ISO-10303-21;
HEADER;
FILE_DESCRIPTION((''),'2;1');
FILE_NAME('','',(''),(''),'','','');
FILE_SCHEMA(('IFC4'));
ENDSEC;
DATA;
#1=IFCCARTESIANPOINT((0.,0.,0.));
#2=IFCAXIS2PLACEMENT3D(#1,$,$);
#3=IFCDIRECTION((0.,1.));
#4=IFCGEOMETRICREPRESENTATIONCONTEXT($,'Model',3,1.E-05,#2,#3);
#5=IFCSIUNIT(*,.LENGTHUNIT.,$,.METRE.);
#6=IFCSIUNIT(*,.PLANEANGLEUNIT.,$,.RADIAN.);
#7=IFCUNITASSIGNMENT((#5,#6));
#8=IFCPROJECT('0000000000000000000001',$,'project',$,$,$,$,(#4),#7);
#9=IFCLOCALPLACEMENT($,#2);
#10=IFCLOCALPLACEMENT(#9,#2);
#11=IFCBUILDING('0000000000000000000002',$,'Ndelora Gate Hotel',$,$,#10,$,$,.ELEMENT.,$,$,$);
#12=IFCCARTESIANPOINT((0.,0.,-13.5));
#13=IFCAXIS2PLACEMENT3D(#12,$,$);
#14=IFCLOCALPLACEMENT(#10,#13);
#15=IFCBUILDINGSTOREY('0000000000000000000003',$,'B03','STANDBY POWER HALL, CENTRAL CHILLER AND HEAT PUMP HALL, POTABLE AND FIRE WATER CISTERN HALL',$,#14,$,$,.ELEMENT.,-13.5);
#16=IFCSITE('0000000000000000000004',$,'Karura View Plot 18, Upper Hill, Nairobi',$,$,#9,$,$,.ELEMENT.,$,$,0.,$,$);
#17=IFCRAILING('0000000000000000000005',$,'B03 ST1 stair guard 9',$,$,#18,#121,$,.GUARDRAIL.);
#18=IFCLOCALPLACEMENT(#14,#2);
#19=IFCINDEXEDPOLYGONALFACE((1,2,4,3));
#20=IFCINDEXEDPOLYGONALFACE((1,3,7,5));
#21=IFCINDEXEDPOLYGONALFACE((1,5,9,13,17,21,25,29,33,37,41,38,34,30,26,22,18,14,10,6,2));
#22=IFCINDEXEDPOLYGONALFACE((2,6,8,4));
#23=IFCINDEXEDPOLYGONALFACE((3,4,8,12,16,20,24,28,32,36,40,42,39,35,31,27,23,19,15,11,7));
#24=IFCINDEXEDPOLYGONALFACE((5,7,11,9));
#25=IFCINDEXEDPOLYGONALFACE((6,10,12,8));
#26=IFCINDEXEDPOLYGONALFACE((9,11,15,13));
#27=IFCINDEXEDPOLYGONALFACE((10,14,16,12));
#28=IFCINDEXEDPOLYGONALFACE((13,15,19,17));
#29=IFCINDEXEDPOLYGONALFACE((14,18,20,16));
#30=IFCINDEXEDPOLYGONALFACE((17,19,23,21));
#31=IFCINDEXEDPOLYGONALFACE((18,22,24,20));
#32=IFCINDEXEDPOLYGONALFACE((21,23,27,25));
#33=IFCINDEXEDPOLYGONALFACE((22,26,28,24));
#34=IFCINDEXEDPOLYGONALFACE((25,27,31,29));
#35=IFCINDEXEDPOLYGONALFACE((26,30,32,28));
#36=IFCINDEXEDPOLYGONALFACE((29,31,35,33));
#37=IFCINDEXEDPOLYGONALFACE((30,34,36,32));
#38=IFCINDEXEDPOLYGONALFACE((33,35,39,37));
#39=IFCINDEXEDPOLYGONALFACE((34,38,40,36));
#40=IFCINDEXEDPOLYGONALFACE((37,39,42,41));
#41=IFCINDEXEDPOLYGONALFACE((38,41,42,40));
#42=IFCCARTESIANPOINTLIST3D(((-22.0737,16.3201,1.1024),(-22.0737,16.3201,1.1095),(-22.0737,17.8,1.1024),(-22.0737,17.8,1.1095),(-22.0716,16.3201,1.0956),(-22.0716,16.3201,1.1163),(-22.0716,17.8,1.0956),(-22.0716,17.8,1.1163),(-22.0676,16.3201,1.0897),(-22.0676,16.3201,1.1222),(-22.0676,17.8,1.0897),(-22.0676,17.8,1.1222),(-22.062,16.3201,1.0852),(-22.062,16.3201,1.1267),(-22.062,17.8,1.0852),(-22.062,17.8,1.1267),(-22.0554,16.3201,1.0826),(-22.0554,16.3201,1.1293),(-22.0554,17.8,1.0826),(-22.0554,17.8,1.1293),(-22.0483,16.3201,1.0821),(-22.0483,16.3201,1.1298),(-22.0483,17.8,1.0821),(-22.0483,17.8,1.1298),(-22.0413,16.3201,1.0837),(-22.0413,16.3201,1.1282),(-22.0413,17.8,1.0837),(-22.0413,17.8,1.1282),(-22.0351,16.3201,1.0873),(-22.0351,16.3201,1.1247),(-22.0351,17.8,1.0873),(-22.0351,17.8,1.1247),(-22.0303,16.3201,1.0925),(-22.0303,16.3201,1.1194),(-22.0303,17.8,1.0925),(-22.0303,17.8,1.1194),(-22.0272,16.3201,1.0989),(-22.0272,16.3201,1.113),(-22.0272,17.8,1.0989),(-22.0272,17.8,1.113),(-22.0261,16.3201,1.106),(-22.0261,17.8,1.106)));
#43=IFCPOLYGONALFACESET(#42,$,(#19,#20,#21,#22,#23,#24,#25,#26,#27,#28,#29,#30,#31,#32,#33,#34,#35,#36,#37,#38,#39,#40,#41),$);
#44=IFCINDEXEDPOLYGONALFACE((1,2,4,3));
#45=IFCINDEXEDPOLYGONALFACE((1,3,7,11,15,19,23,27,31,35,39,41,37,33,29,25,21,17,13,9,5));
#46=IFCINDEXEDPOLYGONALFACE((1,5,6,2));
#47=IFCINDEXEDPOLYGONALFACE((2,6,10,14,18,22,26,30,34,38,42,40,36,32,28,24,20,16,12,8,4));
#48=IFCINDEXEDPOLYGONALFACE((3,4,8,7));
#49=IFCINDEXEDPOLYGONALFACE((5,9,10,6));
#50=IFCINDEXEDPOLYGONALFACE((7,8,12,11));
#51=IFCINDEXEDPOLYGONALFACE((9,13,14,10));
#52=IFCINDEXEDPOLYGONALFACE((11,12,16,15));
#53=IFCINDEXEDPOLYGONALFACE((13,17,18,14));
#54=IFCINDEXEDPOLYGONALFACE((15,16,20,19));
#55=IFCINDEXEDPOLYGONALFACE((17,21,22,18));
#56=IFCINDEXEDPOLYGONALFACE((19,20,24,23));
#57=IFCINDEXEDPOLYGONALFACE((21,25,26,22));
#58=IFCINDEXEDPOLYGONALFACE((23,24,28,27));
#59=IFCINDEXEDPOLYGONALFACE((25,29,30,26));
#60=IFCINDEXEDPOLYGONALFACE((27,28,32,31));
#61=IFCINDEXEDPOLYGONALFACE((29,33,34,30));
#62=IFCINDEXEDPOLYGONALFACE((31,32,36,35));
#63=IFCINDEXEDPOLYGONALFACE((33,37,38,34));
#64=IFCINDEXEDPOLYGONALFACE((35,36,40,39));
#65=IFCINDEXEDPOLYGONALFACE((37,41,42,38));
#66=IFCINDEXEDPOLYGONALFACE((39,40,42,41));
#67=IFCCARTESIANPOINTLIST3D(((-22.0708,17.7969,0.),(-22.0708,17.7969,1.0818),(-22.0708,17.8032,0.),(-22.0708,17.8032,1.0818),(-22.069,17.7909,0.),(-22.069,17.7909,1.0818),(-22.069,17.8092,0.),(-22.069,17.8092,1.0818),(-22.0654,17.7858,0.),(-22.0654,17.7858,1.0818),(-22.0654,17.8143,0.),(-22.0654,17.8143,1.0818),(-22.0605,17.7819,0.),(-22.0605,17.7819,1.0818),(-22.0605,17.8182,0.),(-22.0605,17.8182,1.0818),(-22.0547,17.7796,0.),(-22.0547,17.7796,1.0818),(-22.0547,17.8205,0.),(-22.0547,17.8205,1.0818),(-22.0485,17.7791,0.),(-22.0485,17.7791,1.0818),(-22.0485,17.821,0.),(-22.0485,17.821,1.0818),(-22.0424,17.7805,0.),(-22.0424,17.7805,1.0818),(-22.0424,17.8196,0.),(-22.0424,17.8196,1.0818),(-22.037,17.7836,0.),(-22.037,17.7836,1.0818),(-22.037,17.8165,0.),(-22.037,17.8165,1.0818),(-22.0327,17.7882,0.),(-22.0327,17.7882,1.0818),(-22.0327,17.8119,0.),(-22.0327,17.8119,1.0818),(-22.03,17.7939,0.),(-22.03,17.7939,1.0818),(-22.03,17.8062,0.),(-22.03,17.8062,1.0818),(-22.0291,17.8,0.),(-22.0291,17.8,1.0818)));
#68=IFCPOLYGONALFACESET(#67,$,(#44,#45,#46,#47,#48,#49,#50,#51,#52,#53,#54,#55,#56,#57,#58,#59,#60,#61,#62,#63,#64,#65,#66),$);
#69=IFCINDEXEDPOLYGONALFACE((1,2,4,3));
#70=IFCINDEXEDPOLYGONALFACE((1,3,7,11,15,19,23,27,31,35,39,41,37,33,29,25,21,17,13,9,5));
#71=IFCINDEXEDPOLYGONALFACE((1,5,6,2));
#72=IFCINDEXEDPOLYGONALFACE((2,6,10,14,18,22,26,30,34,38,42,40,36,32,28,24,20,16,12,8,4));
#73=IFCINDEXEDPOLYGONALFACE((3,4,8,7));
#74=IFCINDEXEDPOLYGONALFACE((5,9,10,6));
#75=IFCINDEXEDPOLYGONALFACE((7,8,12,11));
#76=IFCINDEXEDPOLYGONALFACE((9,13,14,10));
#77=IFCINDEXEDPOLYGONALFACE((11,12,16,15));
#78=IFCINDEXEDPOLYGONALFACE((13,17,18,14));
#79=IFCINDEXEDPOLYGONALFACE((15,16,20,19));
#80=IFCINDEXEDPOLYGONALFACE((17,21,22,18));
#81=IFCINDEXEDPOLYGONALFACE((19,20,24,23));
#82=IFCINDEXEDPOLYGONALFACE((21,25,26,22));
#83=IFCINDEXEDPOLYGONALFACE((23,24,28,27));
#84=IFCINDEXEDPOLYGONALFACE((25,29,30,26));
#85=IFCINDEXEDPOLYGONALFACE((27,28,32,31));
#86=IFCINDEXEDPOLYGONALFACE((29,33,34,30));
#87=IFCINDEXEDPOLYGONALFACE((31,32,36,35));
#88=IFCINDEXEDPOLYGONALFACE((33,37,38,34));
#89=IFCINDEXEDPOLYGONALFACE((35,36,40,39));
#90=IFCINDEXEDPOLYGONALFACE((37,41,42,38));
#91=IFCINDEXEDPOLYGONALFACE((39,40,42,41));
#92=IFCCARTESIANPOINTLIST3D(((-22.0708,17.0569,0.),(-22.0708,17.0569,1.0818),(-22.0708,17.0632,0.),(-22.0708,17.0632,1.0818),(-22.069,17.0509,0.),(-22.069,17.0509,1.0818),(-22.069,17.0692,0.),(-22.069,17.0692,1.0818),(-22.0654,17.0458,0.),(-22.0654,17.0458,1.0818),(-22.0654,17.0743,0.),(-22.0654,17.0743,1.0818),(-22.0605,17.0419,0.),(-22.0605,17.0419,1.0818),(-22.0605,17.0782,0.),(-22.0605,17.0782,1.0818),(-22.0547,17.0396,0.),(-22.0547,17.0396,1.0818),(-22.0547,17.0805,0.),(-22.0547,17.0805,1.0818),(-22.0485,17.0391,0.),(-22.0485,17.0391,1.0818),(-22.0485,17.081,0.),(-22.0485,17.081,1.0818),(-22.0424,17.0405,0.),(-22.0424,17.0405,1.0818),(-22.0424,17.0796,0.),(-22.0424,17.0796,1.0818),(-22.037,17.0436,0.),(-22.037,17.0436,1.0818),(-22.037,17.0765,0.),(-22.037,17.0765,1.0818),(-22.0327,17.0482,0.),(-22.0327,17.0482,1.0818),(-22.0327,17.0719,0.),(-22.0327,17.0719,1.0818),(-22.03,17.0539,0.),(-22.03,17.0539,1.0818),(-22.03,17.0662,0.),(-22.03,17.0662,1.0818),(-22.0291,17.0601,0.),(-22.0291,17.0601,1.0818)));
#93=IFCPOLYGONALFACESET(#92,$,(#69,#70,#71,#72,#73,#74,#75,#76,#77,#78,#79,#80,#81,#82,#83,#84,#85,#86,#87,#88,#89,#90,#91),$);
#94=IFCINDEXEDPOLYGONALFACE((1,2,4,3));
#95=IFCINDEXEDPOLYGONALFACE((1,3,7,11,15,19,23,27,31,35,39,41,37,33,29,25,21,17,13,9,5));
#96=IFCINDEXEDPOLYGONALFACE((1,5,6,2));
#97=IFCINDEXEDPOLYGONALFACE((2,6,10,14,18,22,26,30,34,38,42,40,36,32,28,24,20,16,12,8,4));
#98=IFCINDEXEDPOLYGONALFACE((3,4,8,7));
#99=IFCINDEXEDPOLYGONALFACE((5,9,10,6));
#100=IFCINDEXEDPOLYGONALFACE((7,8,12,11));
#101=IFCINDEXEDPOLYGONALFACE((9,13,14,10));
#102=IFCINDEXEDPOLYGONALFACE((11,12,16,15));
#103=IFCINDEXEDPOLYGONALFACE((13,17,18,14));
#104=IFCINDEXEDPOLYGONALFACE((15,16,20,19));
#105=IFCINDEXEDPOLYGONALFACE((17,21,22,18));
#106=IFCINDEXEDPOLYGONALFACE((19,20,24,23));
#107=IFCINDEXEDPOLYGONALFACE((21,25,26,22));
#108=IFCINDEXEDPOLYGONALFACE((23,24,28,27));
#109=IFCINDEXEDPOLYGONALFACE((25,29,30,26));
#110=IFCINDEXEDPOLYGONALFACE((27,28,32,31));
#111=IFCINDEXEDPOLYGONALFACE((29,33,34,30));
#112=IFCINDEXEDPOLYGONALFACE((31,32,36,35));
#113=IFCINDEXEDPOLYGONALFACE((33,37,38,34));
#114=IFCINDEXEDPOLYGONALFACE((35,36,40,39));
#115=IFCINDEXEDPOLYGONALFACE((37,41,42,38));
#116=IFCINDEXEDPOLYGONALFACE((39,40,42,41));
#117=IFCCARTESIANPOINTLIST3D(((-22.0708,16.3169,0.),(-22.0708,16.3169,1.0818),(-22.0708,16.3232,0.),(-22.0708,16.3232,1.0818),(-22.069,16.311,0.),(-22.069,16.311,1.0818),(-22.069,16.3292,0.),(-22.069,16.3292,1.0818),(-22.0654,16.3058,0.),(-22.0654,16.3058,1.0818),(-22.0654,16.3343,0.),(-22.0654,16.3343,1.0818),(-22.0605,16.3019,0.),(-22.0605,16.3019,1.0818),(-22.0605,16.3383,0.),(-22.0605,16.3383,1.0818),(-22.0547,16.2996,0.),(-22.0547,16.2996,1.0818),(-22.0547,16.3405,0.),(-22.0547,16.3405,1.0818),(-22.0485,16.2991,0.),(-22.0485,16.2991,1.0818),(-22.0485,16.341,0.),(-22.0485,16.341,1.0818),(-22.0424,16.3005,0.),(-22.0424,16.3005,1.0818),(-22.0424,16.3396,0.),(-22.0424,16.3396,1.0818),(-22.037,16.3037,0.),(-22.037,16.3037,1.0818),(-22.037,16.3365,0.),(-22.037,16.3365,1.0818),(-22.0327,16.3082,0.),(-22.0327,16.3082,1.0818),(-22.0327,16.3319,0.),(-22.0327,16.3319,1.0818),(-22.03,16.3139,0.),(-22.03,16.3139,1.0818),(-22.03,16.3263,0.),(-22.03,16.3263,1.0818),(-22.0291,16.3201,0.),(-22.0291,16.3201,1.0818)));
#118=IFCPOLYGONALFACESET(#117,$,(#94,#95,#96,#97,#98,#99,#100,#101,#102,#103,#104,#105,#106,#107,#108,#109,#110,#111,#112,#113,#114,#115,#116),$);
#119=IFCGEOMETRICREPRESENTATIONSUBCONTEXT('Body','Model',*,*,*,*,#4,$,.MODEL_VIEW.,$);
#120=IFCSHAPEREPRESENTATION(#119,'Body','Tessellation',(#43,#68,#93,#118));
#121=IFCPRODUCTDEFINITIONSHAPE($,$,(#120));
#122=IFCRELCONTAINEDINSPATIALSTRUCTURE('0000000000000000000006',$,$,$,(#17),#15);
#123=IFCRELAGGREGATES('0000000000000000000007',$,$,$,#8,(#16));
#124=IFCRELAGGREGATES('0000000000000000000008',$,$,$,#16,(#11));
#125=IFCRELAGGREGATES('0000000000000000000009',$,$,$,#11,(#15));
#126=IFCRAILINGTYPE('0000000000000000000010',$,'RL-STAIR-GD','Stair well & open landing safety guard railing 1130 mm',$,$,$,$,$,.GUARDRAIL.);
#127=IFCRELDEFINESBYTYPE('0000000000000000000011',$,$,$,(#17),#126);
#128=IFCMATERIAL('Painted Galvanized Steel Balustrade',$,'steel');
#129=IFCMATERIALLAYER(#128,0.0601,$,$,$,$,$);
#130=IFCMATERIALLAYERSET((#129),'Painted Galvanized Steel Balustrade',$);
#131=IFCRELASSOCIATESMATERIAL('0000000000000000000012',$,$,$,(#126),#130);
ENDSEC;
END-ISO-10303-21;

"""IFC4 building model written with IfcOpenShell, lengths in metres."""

from ifc_helpers import new_model, si_unit, direction, frame, origin, origin_2d, place, context, subcontext, project, spatial, circle, extrude, material, layer, layer_set, type_object, element, save


model = new_model("IFC4")

# Units and contexts
model_context = context("Model", 3, precision=1e-05, world=origin(), true_north=direction((0.0, 1.0)))
body_context = subcontext(model_context, "Body", "Model", "MODEL_VIEW")
ifc_project = project(units=[si_unit("LENGTHUNIT", "METRE"), si_unit("PLANEANGLEUNIT", "RADIAN")], contexts=[model_context])

# Site, building, storey
site_placement = place(None, origin())
site = spatial("IfcSite", under=ifc_project, at=site_placement, Name="Karura View Plot 18, Upper Hill, Nairobi", CompositionType="ELEMENT", RefElevation=0.0)
building_placement = place(site_placement, origin())
building = spatial("IfcBuilding", under=site, at=building_placement, Name="Ndelora Gate Hotel", CompositionType="ELEMENT")
storey_placement = place(building_placement, frame((0.0, 0.0, -13.5)))
storey = spatial("IfcBuildingStorey", under=building, at=storey_placement, Name="B03", Description="STANDBY POWER HALL, CENTRAL CHILLER AND HEAT PUMP HALL, POTABLE AND FIRE WATER CISTERN HALL", CompositionType="ELEMENT", Elevation=-13.5)

# Railing
ifc_material_1 = material(Name="Painted Galvanized Steel Balustrade", Category="steel")
ifc_layer_1 = layer(ifc_material_1, 0.0601)
ifc_layer_set_1 = layer_set([ifc_layer_1], Name="Painted Galvanized Steel Balustrade")
railing_type_1 = type_object("IfcRailingType", Name="RL-STAIR-GD", Description="Stair well & open landing safety guard railing 1130 mm", PredefinedType="GUARDRAIL", material=ifc_layer_set_1)
for number, where, name in (
    (1, (-22.05, 17.8, 0.0), "B03 ST1 stair guard 9"),
):
    element("IfcRailing", number, at=place(storey_placement, frame(where)), inside=storey, type_object=railing_type_1, Name=name, PredefinedType="GUARDRAIL", context=body_context, shape_type="SweptSolid", body=[
        extrude(circle(Radius=0.0239, at=origin_2d()), frame((0.0, 0.0, 1.106), z_axis=(0.0, -1.0, 0.0), x_axis=(1.0, 0.0, 0.0)), (0.0, 0.0, 1.0), 1.48),
        extrude(circle(Radius=0.021, at=origin_2d()), origin(), (0.0, 0.0, 1.0), 1.0818),
        extrude(circle(Radius=0.021, at=origin_2d()), frame((0.0, -0.74, 0.0)), (0.0, 0.0, 1.0), 1.0818),
        extrude(circle(Radius=0.021, at=origin_2d()), frame((0.0, -1.48, 0.0)), (0.0, 0.0, 1.0), 1.0818),
    ])

save(model, "model.ifc")
